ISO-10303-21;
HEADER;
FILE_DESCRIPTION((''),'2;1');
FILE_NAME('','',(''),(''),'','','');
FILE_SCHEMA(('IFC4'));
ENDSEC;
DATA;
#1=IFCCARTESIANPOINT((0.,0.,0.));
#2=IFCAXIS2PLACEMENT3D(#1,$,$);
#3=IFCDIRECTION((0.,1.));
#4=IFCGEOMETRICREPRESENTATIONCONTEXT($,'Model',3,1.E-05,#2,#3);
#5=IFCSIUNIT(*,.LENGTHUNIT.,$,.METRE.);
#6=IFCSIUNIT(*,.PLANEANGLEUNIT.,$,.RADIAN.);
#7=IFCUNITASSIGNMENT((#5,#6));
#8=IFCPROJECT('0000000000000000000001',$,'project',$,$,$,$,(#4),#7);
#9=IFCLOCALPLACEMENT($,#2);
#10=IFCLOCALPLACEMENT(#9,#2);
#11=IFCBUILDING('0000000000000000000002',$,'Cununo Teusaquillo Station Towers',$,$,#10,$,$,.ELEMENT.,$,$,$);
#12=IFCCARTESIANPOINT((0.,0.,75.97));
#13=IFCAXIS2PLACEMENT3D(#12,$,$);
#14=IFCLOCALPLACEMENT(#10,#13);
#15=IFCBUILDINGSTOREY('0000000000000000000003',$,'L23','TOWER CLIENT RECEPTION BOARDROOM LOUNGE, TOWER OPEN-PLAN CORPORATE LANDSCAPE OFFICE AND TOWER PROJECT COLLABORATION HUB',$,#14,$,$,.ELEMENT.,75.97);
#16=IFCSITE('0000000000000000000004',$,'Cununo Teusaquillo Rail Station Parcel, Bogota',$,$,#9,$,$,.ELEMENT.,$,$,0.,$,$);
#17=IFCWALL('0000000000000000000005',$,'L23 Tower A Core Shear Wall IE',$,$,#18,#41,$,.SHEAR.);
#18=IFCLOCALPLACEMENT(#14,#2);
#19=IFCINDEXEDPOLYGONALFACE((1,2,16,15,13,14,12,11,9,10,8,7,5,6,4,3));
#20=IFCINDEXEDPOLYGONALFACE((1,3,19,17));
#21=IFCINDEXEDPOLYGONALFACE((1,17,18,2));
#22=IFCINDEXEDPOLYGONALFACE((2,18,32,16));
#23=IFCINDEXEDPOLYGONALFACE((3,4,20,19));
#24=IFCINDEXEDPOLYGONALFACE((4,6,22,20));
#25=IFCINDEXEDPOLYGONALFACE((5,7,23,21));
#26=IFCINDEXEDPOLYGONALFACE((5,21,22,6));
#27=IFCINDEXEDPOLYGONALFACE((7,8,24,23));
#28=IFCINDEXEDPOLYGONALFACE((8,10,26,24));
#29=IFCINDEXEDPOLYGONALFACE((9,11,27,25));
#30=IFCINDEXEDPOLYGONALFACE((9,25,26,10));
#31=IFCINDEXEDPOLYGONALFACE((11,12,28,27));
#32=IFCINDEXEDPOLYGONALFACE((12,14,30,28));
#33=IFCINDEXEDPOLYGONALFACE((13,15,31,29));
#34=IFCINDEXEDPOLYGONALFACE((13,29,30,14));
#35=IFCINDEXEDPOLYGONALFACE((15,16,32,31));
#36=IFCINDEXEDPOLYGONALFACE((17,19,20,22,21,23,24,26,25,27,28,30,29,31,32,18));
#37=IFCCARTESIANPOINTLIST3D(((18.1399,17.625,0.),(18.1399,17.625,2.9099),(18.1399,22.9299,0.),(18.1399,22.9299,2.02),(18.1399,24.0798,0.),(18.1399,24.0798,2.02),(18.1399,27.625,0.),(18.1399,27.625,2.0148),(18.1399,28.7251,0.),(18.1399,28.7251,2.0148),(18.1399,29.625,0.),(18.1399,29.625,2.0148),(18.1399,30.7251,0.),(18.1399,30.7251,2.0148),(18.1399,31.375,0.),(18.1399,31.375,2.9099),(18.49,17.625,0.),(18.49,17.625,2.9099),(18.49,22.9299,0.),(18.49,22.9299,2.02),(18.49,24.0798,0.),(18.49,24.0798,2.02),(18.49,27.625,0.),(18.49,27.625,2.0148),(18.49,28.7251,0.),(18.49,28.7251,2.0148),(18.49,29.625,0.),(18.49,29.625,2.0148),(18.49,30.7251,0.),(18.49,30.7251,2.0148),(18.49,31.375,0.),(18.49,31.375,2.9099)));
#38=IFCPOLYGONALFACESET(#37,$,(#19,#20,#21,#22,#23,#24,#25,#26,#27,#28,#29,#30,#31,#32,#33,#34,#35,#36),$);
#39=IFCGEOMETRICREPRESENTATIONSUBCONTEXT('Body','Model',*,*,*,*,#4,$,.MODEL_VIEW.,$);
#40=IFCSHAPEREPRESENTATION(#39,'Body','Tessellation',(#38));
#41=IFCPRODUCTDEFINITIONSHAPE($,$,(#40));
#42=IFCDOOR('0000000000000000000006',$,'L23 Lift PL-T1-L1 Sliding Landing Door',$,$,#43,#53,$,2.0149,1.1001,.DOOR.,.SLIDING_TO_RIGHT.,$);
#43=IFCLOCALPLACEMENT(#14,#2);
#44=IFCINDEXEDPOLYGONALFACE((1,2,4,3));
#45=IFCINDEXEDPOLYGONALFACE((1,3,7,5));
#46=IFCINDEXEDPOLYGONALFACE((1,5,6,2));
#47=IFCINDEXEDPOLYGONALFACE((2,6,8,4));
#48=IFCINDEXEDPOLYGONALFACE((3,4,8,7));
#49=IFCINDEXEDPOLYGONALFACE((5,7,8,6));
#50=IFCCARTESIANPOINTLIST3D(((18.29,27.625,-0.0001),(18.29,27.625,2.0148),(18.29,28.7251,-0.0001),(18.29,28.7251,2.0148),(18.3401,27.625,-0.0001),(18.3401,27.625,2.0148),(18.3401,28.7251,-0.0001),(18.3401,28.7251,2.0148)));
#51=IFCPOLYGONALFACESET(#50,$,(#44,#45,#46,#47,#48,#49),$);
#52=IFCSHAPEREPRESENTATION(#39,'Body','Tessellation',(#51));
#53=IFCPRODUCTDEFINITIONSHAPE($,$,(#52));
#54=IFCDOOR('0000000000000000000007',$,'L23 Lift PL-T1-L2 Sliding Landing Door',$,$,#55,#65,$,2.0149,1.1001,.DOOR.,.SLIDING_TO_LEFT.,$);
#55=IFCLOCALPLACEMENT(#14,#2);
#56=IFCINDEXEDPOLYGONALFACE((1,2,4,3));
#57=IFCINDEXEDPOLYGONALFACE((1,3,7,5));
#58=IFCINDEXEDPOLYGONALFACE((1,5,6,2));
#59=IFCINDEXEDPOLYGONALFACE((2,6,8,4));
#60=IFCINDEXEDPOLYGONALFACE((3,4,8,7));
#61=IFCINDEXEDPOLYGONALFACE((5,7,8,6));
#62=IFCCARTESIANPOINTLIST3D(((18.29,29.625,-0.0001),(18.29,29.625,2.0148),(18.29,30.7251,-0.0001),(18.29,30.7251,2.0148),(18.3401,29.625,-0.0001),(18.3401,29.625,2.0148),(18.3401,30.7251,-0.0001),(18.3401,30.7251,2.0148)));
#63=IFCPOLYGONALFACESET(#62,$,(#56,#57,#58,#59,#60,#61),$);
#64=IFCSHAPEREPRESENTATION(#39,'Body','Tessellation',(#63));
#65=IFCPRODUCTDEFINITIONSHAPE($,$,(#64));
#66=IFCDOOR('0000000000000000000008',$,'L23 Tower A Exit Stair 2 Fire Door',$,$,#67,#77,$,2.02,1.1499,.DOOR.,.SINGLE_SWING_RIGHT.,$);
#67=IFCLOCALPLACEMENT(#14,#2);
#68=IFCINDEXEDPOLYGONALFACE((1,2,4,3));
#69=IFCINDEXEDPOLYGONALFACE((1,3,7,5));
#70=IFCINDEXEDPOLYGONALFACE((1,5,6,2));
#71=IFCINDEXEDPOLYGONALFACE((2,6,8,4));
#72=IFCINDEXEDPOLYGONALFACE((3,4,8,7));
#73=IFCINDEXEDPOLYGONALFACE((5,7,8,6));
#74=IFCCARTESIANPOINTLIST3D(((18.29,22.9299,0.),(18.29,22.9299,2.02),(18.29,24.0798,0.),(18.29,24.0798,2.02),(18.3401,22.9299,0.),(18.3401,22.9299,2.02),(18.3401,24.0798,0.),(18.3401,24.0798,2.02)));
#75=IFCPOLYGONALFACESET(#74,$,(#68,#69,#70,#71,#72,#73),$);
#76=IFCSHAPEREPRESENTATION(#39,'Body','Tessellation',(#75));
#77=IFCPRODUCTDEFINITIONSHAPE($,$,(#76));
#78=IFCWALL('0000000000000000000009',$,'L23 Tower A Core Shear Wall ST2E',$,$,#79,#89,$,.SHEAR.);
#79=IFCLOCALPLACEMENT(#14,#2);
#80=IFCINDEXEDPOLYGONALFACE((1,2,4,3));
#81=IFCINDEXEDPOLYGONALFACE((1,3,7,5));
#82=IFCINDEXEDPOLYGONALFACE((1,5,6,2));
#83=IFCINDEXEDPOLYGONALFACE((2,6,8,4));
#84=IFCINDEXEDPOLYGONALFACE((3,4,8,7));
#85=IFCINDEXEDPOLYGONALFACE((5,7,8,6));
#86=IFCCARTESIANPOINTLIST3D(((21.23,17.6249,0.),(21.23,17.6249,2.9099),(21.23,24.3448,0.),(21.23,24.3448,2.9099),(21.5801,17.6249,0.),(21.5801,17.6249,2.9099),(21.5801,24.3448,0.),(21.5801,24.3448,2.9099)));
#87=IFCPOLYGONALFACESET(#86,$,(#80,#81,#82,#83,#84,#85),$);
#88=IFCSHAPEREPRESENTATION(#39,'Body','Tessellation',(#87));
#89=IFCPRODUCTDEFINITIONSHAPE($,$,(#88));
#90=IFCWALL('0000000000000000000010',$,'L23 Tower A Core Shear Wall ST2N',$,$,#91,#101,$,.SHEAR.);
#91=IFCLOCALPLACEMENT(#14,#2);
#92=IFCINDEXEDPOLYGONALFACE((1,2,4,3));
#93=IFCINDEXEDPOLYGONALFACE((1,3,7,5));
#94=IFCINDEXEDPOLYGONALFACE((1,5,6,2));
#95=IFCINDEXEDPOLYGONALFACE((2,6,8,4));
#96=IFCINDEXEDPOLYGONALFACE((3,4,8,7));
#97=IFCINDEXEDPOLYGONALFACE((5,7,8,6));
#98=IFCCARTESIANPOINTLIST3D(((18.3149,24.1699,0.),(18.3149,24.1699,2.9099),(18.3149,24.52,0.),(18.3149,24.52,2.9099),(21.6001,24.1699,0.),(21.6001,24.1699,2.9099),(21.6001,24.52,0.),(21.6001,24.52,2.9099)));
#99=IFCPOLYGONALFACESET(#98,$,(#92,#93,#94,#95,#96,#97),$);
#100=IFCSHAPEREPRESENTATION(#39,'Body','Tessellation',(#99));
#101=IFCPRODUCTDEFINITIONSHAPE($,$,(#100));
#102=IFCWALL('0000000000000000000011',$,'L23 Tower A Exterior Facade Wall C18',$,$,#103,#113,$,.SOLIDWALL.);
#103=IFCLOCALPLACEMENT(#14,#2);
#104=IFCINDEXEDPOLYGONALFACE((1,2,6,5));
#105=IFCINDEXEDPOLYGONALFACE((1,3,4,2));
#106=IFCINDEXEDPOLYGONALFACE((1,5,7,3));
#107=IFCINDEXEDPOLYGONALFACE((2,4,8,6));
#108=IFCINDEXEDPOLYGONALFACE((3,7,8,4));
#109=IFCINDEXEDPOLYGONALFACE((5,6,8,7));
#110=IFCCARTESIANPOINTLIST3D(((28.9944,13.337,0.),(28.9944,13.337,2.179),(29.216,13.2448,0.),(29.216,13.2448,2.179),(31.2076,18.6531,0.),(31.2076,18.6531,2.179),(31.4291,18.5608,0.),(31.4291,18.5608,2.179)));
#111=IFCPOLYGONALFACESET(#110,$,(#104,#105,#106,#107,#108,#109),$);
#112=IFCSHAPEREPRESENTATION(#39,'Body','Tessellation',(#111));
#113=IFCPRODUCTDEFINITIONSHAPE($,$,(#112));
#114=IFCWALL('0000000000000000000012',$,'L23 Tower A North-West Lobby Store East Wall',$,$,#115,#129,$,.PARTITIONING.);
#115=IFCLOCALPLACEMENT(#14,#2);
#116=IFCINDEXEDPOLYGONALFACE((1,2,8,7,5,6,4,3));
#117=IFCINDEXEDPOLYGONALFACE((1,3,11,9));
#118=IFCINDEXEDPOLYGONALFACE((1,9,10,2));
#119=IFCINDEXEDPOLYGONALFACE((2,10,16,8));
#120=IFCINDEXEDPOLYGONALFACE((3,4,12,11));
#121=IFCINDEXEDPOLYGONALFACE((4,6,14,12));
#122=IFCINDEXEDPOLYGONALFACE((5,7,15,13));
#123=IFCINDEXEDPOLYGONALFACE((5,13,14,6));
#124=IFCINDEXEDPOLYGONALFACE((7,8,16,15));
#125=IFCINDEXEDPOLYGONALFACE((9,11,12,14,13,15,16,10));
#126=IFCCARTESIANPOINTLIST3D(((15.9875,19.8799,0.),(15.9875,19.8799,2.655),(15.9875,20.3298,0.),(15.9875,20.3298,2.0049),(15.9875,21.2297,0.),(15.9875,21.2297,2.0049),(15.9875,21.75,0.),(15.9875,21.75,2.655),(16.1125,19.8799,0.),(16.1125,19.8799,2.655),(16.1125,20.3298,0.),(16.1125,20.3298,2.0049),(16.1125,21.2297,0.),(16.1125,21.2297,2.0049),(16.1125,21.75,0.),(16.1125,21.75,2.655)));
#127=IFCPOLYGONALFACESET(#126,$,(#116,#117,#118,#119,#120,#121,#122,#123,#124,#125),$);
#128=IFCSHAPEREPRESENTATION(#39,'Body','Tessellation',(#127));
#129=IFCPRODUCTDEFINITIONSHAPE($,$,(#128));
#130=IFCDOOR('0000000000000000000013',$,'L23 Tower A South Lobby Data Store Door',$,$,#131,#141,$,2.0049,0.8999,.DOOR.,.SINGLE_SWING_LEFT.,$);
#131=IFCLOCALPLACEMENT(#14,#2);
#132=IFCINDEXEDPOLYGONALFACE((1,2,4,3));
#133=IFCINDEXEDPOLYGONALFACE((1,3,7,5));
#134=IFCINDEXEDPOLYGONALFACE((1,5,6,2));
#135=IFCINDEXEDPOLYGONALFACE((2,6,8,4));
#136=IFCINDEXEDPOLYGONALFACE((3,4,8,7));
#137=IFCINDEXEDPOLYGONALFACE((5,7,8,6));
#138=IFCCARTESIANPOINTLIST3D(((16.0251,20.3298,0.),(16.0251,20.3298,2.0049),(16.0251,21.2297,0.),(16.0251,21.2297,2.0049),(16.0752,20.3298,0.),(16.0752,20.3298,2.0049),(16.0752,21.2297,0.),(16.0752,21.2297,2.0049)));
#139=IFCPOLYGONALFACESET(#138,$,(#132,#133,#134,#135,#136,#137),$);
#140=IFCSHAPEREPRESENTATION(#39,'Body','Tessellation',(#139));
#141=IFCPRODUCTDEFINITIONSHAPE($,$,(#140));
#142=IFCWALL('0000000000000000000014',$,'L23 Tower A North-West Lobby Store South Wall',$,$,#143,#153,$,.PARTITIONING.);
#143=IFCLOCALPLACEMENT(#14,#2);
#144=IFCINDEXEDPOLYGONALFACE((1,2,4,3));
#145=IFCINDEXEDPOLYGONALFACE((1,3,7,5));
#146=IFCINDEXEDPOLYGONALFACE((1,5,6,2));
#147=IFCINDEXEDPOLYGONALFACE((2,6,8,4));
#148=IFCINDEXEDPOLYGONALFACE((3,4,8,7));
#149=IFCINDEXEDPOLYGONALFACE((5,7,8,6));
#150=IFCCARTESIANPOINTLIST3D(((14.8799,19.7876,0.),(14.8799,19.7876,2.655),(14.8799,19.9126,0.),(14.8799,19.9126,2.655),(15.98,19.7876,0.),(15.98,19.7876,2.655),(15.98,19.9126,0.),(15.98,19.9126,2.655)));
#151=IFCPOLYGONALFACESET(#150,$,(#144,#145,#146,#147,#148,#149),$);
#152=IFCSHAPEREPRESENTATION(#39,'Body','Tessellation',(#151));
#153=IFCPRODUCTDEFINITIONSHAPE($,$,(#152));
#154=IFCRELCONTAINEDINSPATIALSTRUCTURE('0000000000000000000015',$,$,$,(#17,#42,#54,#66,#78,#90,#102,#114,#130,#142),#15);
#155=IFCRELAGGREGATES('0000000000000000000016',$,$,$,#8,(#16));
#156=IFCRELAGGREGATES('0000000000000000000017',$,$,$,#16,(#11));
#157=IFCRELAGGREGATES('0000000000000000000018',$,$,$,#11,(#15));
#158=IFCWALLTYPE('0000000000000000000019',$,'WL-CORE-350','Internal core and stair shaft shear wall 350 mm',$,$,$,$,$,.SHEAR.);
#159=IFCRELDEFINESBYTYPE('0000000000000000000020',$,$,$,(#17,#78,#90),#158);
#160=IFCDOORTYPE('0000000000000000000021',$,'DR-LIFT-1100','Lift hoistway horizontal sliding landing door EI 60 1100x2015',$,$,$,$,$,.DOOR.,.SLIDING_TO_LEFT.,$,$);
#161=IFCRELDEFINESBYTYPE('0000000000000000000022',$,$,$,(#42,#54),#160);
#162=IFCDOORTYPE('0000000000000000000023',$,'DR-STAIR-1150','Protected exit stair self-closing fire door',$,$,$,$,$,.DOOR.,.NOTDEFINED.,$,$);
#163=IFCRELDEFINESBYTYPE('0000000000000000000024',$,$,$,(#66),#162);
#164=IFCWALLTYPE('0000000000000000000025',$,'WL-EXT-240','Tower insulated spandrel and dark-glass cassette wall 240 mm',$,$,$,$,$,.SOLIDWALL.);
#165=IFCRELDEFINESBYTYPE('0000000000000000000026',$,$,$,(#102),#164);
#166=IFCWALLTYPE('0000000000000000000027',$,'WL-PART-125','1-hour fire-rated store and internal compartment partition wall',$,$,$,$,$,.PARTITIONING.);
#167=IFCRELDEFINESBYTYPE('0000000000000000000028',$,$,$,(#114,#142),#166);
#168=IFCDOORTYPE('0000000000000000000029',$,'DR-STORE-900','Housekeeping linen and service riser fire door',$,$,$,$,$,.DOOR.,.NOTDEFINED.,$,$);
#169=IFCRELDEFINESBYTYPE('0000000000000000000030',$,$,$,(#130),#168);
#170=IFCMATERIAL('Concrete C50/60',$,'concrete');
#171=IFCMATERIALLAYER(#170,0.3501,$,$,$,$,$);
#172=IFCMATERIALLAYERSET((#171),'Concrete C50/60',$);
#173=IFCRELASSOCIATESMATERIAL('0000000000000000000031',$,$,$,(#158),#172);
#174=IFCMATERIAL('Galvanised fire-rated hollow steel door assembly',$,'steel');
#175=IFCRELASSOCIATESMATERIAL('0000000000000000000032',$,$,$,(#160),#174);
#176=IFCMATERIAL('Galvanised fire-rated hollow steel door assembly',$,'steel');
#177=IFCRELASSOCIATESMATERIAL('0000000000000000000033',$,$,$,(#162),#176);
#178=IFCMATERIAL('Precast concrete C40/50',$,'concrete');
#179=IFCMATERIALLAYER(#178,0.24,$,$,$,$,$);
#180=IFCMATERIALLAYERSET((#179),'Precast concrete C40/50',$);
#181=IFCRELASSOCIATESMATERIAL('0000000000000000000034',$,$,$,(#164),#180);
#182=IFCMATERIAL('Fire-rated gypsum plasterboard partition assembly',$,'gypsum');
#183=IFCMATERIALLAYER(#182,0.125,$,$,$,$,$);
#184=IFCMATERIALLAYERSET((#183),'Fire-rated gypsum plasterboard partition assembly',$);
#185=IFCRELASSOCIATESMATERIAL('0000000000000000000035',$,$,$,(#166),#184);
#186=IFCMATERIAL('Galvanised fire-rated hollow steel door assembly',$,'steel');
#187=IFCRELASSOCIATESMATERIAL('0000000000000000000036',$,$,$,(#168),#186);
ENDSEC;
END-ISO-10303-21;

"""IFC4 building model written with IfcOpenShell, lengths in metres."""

from ifc_helpers import new_model, si_unit, direction, frame, frame_2d, origin, place, context, subcontext, project, spatial, rectangle, extrude, source, transform, mapped, material, layer, layer_set, type_object, element, fill, save


model = new_model("IFC4")

# Units and contexts
model_context = context("Model", 3, precision=1e-05, world=origin(), true_north=direction((0.0, 1.0)))
body_context = subcontext(model_context, "Body", "Model", "MODEL_VIEW")
ifc_project = project(units=[si_unit("LENGTHUNIT", "METRE"), si_unit("PLANEANGLEUNIT", "RADIAN")], contexts=[model_context])

# Site, building, storey
site_placement = place(None, origin())
site = spatial("IfcSite", under=ifc_project, at=site_placement, Name="Cununo Teusaquillo Rail Station Parcel, Bogota", CompositionType="ELEMENT", RefElevation=0.0)
building_placement = place(site_placement, origin())
building = spatial("IfcBuilding", under=site, at=building_placement, Name="Cununo Teusaquillo Station Towers", CompositionType="ELEMENT")
storey_placement = place(building_placement, frame((0.0, 0.0, 75.97)))
storey = spatial("IfcBuildingStorey", under=building, at=storey_placement, Name="L23", Description="TOWER CLIENT RECEPTION BOARDROOM LOUNGE, TOWER OPEN-PLAN CORPORATE LANDSCAPE OFFICE AND TOWER PROJECT COLLABORATION HUB", CompositionType="ELEMENT", Elevation=75.97)

# Wall, openings, doors
ifc_material_1 = material(Name="Concrete C50/60", Category="concrete")
ifc_layer_1 = layer(ifc_material_1, 0.3501)
ifc_layer_set_1 = layer_set([ifc_layer_1], Name="Concrete C50/60")
wall_type_1 = type_object("IfcWallType", Name="WL-CORE-350", Description="Internal core and stair shaft shear wall 350 mm", PredefinedType="SHEAR", material=ifc_layer_set_1)
wall_1_placement = place(storey_placement, frame((18.3149, 17.625, 0.0), z_axis=(0.0, 0.0, 1.0), x_axis=(0.0, 1.0, 0.0)))
wall_1 = element("IfcWall", 1, at=wall_1_placement, inside=storey, type_object=wall_type_1, Name="L23 Tower A Core Shear Wall IE", PredefinedType="SHEAR", context=body_context, shape_type="SweptSolid", body=[
    extrude(rectangle(XDim=13.75, YDim=0.3501, at=frame_2d((6.875, 0.0))), origin(), (0.0, 0.0, 1.0), 2.9099),
])
shared_shape_1 = source(origin(), body_context, "Body", "SweptSolid", [
    extrude(rectangle(XDim=1.1001, YDim=2.0149, at=frame_2d((0.55, 1.0073))), frame((0.0, 0.1851, 0.0), z_axis=(0.0, -1.0, 0.0), x_axis=(1.0, 0.0, 0.0)), (0.0, 0.0, 1.0), 0.3701),
])
opening_1_placement = place(wall_1_placement, frame((10.0, 0.0, 0.0)))
opening_1 = element("IfcOpeningElement", 2, at=opening_1_placement, cuts=wall_1, PredefinedType="OPENING", context=body_context, shape_type="MappedRepresentation", body=[
    mapped(shared_shape_1, transform((0.0, 0.0, 0.0), x_axis=(1.0, 0.0, 0.0), y_axis=(0.0, 1.0, 0.0), z_axis=(0.0, 0.0, 1.0), scale=1.0)),
])
opening_2_placement = place(wall_1_placement, frame((12.0, 0.0, 0.0)))
opening_2 = element("IfcOpeningElement", 3, at=opening_2_placement, cuts=wall_1, PredefinedType="OPENING", context=body_context, shape_type="MappedRepresentation", body=[
    mapped(shared_shape_1, transform((0.0, 0.0, 0.0), x_axis=(1.0, 0.0, 0.0), y_axis=(0.0, 1.0, 0.0), z_axis=(0.0, 0.0, 1.0), scale=1.0)),
])
shared_shape_2 = source(origin(), body_context, "Body", "SweptSolid", [
    extrude(rectangle(XDim=1.1499, YDim=2.02, at=frame_2d((0.575, 1.01))), frame((0.0, 0.1851, 0.0), z_axis=(0.0, -1.0, 0.0), x_axis=(1.0, 0.0, 0.0)), (0.0, 0.0, 1.0), 0.3701),
])
opening_3_placement = place(wall_1_placement, frame((5.3049, 0.0, 0.0)))
opening_3 = element("IfcOpeningElement", 4, at=opening_3_placement, cuts=wall_1, PredefinedType="OPENING", context=body_context, shape_type="MappedRepresentation", body=[
    mapped(shared_shape_2, transform((0.0, 0.0, 0.0), x_axis=(1.0, 0.0, 0.0), y_axis=(0.0, 1.0, 0.0), z_axis=(0.0, 0.0, 1.0), scale=1.0)),
])
ifc_material_2 = material(Name="Galvanised fire-rated hollow steel door assembly", Category="steel")
door_type_1 = type_object("IfcDoorType", Name="DR-LIFT-1100", Description="Lift hoistway horizontal sliding landing door EI 60 1100x2015", OperationType="SLIDING_TO_LEFT", PredefinedType="DOOR", material=ifc_material_2)
shared_shape_3 = source(origin(), body_context, "Body", "SweptSolid", [
    extrude(rectangle(XDim=1.1001, YDim=2.0149, at=frame_2d((0.55, 1.0073))), frame((0.0, 0.0249, 0.0), z_axis=(0.0, -1.0, 0.0), x_axis=(1.0, 0.0, 0.0)), (0.0, 0.0, 1.0), 0.05),
])
door_1_placement = place(opening_1_placement, origin())
door_1 = element("IfcDoor", 5, at=door_1_placement, inside=storey, type_object=door_type_1, Name="L23 Lift PL-T1-L1 Sliding Landing Door", OperationType="SLIDING_TO_RIGHT", OverallHeight=2.0149, OverallWidth=1.1001, PredefinedType="DOOR", context=body_context, shape_type="MappedRepresentation", body=[
    mapped(shared_shape_3, transform((0.0, 0.0, 0.0), x_axis=(1.0, 0.0, 0.0), y_axis=(0.0, 1.0, 0.0), z_axis=(0.0, 0.0, 1.0), scale=1.0)),
])
fill(opening_1, door_1)
door_2_placement = place(opening_2_placement, origin())
door_2 = element("IfcDoor", 6, at=door_2_placement, inside=storey, type_object=door_type_1, Name="L23 Lift PL-T1-L2 Sliding Landing Door", OperationType="SLIDING_TO_LEFT", OverallHeight=2.0149, OverallWidth=1.1001, PredefinedType="DOOR", context=body_context, shape_type="MappedRepresentation", body=[
    mapped(shared_shape_3, transform((0.0, 0.0, 0.0), x_axis=(1.0, 0.0, 0.0), y_axis=(0.0, 1.0, 0.0), z_axis=(0.0, 0.0, 1.0), scale=1.0)),
])
fill(opening_2, door_2)
ifc_material_3 = material(Name="Galvanised fire-rated hollow steel door assembly", Category="steel")
door_type_2 = type_object("IfcDoorType", Name="DR-STAIR-1150", Description="Protected exit stair self-closing fire door", OperationType="NOTDEFINED", PredefinedType="DOOR", material=ifc_material_3)
shared_shape_4 = source(origin(), body_context, "Body", "SweptSolid", [
    extrude(rectangle(XDim=1.1499, YDim=2.02, at=frame_2d((0.575, 1.01))), frame((0.0, 0.0249, 0.0), z_axis=(0.0, -1.0, 0.0), x_axis=(1.0, 0.0, 0.0)), (0.0, 0.0, 1.0), 0.05),
])
door_3_placement = place(opening_3_placement, origin())
door_3 = element("IfcDoor", 7, at=door_3_placement, inside=storey, type_object=door_type_2, Name="L23 Tower A Exit Stair 2 Fire Door", OperationType="SINGLE_SWING_RIGHT", OverallHeight=2.02, OverallWidth=1.1499, PredefinedType="DOOR", context=body_context, shape_type="MappedRepresentation", body=[
    mapped(shared_shape_4, transform((0.0, 0.0, 0.0), x_axis=(1.0, 0.0, 0.0), y_axis=(0.0, 1.0, 0.0), z_axis=(0.0, 0.0, 1.0), scale=1.0)),
])
fill(opening_3, door_3)

# Walls
wall_2_placement = place(storey_placement, frame((21.405, 17.625, 0.0), z_axis=(0.0, 0.0, 1.0), x_axis=(0.0, 1.0, 0.0)))
element("IfcWall", 8, at=wall_2_placement, inside=storey, type_object=wall_type_1, Name="L23 Tower A Core Shear Wall ST2E", PredefinedType="SHEAR", context=body_context, shape_type="SweptSolid", body=[
    extrude(rectangle(XDim=6.72, YDim=0.3501, at=frame_2d((3.3599, 0.0))), origin(), (0.0, 0.0, 1.0), 2.9099),
])
wall_3_placement = place(storey_placement, frame((18.3149, 24.345, 0.0), z_axis=(0.0, 0.0, 1.0), x_axis=(1.0, 0.0, 0.0)))
element("IfcWall", 9, at=wall_3_placement, inside=storey, type_object=wall_type_1, Name="L23 Tower A Core Shear Wall ST2N", PredefinedType="SHEAR", context=body_context, shape_type="SweptSolid", body=[
    extrude(rectangle(XDim=3.2852, YDim=0.3501, at=frame_2d((1.6426, 0.0))), origin(), (0.0, 0.0, 1.0), 2.9099),
])
ifc_material_4 = material(Name="Precast concrete C40/50", Category="concrete")
ifc_layer_2 = layer(ifc_material_4, 0.24)
ifc_layer_set_2 = layer_set([ifc_layer_2], Name="Precast concrete C40/50")
wall_type_2 = type_object("IfcWallType", Name="WL-EXT-240", Description="Tower insulated spandrel and dark-glass cassette wall 240 mm", PredefinedType="SOLIDWALL", material=ifc_layer_set_2)
wall_4_placement = place(storey_placement, frame((31.3184, 18.6069, 0.0), z_axis=(0.0, 0.0, 1.0), x_axis=(-0.384344, -0.92319, 0.0)))
element("IfcWall", 10, at=wall_4_placement, inside=storey, type_object=wall_type_2, Name="L23 Tower A Exterior Facade Wall C18", PredefinedType="SOLIDWALL", context=body_context, shape_type="SweptSolid", body=[
    extrude(rectangle(XDim=5.7583, YDim=0.24, at=frame_2d((2.8792, 0.0))), origin(), (0.0, 0.0, 1.0), 2.179),
])

# Wall, opening, door
ifc_material_5 = material(Name="Fire-rated gypsum plasterboard partition assembly", Category="gypsum")
ifc_layer_3 = layer(ifc_material_5, 0.125)
ifc_layer_set_3 = layer_set([ifc_layer_3], Name="Fire-rated gypsum plasterboard partition assembly")
wall_type_3 = type_object("IfcWallType", Name="WL-PART-125", Description="1-hour fire-rated store and internal compartment partition wall", PredefinedType="PARTITIONING", material=ifc_layer_set_3)
wall_5_placement = place(storey_placement, frame((16.05, 19.8799, 0.0), z_axis=(0.0, 0.0, 1.0), x_axis=(0.0, 1.0, 0.0)))
wall_5 = element("IfcWall", 11, at=wall_5_placement, inside=storey, type_object=wall_type_3, Name="L23 Tower A North-West Lobby Store East Wall", PredefinedType="PARTITIONING", context=body_context, shape_type="SweptSolid", body=[
    extrude(rectangle(XDim=1.8701, YDim=0.125, at=frame_2d((0.9351, 0.0))), origin(), (0.0, 0.0, 1.0), 2.655),
])
shared_shape_5 = source(origin(), body_context, "Body", "SweptSolid", [
    extrude(rectangle(XDim=0.8999, YDim=2.0049, at=frame_2d((0.45, 1.0024))), frame((0.0, 0.0725, 0.0), z_axis=(0.0, -1.0, 0.0), x_axis=(1.0, 0.0, 0.0)), (0.0, 0.0, 1.0), 0.145),
])
opening_4_placement = place(wall_5_placement, frame((0.45, 0.0, 0.0)))
opening_4 = element("IfcOpeningElement", 12, at=opening_4_placement, cuts=wall_5, PredefinedType="OPENING", context=body_context, shape_type="MappedRepresentation", body=[
    mapped(shared_shape_5, transform((0.0, 0.0, 0.0), x_axis=(1.0, 0.0, 0.0), y_axis=(0.0, 1.0, 0.0), z_axis=(0.0, 0.0, 1.0), scale=1.0)),
])
ifc_material_6 = material(Name="Galvanised fire-rated hollow steel door assembly", Category="steel")
door_type_3 = type_object("IfcDoorType", Name="DR-STORE-900", Description="Housekeeping linen and service riser fire door", OperationType="NOTDEFINED", PredefinedType="DOOR", material=ifc_material_6)
shared_shape_6 = source(origin(), body_context, "Body", "SweptSolid", [
    extrude(rectangle(XDim=0.8999, YDim=2.0049, at=frame_2d((0.45, 1.0024))), frame((0.0, 0.0249, 0.0), z_axis=(0.0, -1.0, 0.0), x_axis=(1.0, 0.0, 0.0)), (0.0, 0.0, 1.0), 0.05),
])
door_4_placement = place(opening_4_placement, origin())
door_4 = element("IfcDoor", 13, at=door_4_placement, inside=storey, type_object=door_type_3, Name="L23 Tower A South Lobby Data Store Door", OperationType="SINGLE_SWING_LEFT", OverallHeight=2.0049, OverallWidth=0.8999, PredefinedType="DOOR", context=body_context, shape_type="MappedRepresentation", body=[
    mapped(shared_shape_6, transform((0.0, 0.0, 0.0), x_axis=(1.0, 0.0, 0.0), y_axis=(0.0, 1.0, 0.0), z_axis=(0.0, 0.0, 1.0), scale=1.0)),
])
fill(opening_4, door_4)

# Wall
wall_6_placement = place(storey_placement, frame((14.8799, 19.8501, 0.0), z_axis=(0.0, 0.0, 1.0), x_axis=(1.0, 0.0, 0.0)))
element("IfcWall", 14, at=wall_6_placement, inside=storey, type_object=wall_type_3, Name="L23 Tower A North-West Lobby Store South Wall", PredefinedType="PARTITIONING", context=body_context, shape_type="SweptSolid", body=[
    extrude(rectangle(XDim=1.1001, YDim=0.125, at=frame_2d((0.55, 0.0))), origin(), (0.0, 0.0, 1.0), 2.655),
])

save(model, "model.ifc")
